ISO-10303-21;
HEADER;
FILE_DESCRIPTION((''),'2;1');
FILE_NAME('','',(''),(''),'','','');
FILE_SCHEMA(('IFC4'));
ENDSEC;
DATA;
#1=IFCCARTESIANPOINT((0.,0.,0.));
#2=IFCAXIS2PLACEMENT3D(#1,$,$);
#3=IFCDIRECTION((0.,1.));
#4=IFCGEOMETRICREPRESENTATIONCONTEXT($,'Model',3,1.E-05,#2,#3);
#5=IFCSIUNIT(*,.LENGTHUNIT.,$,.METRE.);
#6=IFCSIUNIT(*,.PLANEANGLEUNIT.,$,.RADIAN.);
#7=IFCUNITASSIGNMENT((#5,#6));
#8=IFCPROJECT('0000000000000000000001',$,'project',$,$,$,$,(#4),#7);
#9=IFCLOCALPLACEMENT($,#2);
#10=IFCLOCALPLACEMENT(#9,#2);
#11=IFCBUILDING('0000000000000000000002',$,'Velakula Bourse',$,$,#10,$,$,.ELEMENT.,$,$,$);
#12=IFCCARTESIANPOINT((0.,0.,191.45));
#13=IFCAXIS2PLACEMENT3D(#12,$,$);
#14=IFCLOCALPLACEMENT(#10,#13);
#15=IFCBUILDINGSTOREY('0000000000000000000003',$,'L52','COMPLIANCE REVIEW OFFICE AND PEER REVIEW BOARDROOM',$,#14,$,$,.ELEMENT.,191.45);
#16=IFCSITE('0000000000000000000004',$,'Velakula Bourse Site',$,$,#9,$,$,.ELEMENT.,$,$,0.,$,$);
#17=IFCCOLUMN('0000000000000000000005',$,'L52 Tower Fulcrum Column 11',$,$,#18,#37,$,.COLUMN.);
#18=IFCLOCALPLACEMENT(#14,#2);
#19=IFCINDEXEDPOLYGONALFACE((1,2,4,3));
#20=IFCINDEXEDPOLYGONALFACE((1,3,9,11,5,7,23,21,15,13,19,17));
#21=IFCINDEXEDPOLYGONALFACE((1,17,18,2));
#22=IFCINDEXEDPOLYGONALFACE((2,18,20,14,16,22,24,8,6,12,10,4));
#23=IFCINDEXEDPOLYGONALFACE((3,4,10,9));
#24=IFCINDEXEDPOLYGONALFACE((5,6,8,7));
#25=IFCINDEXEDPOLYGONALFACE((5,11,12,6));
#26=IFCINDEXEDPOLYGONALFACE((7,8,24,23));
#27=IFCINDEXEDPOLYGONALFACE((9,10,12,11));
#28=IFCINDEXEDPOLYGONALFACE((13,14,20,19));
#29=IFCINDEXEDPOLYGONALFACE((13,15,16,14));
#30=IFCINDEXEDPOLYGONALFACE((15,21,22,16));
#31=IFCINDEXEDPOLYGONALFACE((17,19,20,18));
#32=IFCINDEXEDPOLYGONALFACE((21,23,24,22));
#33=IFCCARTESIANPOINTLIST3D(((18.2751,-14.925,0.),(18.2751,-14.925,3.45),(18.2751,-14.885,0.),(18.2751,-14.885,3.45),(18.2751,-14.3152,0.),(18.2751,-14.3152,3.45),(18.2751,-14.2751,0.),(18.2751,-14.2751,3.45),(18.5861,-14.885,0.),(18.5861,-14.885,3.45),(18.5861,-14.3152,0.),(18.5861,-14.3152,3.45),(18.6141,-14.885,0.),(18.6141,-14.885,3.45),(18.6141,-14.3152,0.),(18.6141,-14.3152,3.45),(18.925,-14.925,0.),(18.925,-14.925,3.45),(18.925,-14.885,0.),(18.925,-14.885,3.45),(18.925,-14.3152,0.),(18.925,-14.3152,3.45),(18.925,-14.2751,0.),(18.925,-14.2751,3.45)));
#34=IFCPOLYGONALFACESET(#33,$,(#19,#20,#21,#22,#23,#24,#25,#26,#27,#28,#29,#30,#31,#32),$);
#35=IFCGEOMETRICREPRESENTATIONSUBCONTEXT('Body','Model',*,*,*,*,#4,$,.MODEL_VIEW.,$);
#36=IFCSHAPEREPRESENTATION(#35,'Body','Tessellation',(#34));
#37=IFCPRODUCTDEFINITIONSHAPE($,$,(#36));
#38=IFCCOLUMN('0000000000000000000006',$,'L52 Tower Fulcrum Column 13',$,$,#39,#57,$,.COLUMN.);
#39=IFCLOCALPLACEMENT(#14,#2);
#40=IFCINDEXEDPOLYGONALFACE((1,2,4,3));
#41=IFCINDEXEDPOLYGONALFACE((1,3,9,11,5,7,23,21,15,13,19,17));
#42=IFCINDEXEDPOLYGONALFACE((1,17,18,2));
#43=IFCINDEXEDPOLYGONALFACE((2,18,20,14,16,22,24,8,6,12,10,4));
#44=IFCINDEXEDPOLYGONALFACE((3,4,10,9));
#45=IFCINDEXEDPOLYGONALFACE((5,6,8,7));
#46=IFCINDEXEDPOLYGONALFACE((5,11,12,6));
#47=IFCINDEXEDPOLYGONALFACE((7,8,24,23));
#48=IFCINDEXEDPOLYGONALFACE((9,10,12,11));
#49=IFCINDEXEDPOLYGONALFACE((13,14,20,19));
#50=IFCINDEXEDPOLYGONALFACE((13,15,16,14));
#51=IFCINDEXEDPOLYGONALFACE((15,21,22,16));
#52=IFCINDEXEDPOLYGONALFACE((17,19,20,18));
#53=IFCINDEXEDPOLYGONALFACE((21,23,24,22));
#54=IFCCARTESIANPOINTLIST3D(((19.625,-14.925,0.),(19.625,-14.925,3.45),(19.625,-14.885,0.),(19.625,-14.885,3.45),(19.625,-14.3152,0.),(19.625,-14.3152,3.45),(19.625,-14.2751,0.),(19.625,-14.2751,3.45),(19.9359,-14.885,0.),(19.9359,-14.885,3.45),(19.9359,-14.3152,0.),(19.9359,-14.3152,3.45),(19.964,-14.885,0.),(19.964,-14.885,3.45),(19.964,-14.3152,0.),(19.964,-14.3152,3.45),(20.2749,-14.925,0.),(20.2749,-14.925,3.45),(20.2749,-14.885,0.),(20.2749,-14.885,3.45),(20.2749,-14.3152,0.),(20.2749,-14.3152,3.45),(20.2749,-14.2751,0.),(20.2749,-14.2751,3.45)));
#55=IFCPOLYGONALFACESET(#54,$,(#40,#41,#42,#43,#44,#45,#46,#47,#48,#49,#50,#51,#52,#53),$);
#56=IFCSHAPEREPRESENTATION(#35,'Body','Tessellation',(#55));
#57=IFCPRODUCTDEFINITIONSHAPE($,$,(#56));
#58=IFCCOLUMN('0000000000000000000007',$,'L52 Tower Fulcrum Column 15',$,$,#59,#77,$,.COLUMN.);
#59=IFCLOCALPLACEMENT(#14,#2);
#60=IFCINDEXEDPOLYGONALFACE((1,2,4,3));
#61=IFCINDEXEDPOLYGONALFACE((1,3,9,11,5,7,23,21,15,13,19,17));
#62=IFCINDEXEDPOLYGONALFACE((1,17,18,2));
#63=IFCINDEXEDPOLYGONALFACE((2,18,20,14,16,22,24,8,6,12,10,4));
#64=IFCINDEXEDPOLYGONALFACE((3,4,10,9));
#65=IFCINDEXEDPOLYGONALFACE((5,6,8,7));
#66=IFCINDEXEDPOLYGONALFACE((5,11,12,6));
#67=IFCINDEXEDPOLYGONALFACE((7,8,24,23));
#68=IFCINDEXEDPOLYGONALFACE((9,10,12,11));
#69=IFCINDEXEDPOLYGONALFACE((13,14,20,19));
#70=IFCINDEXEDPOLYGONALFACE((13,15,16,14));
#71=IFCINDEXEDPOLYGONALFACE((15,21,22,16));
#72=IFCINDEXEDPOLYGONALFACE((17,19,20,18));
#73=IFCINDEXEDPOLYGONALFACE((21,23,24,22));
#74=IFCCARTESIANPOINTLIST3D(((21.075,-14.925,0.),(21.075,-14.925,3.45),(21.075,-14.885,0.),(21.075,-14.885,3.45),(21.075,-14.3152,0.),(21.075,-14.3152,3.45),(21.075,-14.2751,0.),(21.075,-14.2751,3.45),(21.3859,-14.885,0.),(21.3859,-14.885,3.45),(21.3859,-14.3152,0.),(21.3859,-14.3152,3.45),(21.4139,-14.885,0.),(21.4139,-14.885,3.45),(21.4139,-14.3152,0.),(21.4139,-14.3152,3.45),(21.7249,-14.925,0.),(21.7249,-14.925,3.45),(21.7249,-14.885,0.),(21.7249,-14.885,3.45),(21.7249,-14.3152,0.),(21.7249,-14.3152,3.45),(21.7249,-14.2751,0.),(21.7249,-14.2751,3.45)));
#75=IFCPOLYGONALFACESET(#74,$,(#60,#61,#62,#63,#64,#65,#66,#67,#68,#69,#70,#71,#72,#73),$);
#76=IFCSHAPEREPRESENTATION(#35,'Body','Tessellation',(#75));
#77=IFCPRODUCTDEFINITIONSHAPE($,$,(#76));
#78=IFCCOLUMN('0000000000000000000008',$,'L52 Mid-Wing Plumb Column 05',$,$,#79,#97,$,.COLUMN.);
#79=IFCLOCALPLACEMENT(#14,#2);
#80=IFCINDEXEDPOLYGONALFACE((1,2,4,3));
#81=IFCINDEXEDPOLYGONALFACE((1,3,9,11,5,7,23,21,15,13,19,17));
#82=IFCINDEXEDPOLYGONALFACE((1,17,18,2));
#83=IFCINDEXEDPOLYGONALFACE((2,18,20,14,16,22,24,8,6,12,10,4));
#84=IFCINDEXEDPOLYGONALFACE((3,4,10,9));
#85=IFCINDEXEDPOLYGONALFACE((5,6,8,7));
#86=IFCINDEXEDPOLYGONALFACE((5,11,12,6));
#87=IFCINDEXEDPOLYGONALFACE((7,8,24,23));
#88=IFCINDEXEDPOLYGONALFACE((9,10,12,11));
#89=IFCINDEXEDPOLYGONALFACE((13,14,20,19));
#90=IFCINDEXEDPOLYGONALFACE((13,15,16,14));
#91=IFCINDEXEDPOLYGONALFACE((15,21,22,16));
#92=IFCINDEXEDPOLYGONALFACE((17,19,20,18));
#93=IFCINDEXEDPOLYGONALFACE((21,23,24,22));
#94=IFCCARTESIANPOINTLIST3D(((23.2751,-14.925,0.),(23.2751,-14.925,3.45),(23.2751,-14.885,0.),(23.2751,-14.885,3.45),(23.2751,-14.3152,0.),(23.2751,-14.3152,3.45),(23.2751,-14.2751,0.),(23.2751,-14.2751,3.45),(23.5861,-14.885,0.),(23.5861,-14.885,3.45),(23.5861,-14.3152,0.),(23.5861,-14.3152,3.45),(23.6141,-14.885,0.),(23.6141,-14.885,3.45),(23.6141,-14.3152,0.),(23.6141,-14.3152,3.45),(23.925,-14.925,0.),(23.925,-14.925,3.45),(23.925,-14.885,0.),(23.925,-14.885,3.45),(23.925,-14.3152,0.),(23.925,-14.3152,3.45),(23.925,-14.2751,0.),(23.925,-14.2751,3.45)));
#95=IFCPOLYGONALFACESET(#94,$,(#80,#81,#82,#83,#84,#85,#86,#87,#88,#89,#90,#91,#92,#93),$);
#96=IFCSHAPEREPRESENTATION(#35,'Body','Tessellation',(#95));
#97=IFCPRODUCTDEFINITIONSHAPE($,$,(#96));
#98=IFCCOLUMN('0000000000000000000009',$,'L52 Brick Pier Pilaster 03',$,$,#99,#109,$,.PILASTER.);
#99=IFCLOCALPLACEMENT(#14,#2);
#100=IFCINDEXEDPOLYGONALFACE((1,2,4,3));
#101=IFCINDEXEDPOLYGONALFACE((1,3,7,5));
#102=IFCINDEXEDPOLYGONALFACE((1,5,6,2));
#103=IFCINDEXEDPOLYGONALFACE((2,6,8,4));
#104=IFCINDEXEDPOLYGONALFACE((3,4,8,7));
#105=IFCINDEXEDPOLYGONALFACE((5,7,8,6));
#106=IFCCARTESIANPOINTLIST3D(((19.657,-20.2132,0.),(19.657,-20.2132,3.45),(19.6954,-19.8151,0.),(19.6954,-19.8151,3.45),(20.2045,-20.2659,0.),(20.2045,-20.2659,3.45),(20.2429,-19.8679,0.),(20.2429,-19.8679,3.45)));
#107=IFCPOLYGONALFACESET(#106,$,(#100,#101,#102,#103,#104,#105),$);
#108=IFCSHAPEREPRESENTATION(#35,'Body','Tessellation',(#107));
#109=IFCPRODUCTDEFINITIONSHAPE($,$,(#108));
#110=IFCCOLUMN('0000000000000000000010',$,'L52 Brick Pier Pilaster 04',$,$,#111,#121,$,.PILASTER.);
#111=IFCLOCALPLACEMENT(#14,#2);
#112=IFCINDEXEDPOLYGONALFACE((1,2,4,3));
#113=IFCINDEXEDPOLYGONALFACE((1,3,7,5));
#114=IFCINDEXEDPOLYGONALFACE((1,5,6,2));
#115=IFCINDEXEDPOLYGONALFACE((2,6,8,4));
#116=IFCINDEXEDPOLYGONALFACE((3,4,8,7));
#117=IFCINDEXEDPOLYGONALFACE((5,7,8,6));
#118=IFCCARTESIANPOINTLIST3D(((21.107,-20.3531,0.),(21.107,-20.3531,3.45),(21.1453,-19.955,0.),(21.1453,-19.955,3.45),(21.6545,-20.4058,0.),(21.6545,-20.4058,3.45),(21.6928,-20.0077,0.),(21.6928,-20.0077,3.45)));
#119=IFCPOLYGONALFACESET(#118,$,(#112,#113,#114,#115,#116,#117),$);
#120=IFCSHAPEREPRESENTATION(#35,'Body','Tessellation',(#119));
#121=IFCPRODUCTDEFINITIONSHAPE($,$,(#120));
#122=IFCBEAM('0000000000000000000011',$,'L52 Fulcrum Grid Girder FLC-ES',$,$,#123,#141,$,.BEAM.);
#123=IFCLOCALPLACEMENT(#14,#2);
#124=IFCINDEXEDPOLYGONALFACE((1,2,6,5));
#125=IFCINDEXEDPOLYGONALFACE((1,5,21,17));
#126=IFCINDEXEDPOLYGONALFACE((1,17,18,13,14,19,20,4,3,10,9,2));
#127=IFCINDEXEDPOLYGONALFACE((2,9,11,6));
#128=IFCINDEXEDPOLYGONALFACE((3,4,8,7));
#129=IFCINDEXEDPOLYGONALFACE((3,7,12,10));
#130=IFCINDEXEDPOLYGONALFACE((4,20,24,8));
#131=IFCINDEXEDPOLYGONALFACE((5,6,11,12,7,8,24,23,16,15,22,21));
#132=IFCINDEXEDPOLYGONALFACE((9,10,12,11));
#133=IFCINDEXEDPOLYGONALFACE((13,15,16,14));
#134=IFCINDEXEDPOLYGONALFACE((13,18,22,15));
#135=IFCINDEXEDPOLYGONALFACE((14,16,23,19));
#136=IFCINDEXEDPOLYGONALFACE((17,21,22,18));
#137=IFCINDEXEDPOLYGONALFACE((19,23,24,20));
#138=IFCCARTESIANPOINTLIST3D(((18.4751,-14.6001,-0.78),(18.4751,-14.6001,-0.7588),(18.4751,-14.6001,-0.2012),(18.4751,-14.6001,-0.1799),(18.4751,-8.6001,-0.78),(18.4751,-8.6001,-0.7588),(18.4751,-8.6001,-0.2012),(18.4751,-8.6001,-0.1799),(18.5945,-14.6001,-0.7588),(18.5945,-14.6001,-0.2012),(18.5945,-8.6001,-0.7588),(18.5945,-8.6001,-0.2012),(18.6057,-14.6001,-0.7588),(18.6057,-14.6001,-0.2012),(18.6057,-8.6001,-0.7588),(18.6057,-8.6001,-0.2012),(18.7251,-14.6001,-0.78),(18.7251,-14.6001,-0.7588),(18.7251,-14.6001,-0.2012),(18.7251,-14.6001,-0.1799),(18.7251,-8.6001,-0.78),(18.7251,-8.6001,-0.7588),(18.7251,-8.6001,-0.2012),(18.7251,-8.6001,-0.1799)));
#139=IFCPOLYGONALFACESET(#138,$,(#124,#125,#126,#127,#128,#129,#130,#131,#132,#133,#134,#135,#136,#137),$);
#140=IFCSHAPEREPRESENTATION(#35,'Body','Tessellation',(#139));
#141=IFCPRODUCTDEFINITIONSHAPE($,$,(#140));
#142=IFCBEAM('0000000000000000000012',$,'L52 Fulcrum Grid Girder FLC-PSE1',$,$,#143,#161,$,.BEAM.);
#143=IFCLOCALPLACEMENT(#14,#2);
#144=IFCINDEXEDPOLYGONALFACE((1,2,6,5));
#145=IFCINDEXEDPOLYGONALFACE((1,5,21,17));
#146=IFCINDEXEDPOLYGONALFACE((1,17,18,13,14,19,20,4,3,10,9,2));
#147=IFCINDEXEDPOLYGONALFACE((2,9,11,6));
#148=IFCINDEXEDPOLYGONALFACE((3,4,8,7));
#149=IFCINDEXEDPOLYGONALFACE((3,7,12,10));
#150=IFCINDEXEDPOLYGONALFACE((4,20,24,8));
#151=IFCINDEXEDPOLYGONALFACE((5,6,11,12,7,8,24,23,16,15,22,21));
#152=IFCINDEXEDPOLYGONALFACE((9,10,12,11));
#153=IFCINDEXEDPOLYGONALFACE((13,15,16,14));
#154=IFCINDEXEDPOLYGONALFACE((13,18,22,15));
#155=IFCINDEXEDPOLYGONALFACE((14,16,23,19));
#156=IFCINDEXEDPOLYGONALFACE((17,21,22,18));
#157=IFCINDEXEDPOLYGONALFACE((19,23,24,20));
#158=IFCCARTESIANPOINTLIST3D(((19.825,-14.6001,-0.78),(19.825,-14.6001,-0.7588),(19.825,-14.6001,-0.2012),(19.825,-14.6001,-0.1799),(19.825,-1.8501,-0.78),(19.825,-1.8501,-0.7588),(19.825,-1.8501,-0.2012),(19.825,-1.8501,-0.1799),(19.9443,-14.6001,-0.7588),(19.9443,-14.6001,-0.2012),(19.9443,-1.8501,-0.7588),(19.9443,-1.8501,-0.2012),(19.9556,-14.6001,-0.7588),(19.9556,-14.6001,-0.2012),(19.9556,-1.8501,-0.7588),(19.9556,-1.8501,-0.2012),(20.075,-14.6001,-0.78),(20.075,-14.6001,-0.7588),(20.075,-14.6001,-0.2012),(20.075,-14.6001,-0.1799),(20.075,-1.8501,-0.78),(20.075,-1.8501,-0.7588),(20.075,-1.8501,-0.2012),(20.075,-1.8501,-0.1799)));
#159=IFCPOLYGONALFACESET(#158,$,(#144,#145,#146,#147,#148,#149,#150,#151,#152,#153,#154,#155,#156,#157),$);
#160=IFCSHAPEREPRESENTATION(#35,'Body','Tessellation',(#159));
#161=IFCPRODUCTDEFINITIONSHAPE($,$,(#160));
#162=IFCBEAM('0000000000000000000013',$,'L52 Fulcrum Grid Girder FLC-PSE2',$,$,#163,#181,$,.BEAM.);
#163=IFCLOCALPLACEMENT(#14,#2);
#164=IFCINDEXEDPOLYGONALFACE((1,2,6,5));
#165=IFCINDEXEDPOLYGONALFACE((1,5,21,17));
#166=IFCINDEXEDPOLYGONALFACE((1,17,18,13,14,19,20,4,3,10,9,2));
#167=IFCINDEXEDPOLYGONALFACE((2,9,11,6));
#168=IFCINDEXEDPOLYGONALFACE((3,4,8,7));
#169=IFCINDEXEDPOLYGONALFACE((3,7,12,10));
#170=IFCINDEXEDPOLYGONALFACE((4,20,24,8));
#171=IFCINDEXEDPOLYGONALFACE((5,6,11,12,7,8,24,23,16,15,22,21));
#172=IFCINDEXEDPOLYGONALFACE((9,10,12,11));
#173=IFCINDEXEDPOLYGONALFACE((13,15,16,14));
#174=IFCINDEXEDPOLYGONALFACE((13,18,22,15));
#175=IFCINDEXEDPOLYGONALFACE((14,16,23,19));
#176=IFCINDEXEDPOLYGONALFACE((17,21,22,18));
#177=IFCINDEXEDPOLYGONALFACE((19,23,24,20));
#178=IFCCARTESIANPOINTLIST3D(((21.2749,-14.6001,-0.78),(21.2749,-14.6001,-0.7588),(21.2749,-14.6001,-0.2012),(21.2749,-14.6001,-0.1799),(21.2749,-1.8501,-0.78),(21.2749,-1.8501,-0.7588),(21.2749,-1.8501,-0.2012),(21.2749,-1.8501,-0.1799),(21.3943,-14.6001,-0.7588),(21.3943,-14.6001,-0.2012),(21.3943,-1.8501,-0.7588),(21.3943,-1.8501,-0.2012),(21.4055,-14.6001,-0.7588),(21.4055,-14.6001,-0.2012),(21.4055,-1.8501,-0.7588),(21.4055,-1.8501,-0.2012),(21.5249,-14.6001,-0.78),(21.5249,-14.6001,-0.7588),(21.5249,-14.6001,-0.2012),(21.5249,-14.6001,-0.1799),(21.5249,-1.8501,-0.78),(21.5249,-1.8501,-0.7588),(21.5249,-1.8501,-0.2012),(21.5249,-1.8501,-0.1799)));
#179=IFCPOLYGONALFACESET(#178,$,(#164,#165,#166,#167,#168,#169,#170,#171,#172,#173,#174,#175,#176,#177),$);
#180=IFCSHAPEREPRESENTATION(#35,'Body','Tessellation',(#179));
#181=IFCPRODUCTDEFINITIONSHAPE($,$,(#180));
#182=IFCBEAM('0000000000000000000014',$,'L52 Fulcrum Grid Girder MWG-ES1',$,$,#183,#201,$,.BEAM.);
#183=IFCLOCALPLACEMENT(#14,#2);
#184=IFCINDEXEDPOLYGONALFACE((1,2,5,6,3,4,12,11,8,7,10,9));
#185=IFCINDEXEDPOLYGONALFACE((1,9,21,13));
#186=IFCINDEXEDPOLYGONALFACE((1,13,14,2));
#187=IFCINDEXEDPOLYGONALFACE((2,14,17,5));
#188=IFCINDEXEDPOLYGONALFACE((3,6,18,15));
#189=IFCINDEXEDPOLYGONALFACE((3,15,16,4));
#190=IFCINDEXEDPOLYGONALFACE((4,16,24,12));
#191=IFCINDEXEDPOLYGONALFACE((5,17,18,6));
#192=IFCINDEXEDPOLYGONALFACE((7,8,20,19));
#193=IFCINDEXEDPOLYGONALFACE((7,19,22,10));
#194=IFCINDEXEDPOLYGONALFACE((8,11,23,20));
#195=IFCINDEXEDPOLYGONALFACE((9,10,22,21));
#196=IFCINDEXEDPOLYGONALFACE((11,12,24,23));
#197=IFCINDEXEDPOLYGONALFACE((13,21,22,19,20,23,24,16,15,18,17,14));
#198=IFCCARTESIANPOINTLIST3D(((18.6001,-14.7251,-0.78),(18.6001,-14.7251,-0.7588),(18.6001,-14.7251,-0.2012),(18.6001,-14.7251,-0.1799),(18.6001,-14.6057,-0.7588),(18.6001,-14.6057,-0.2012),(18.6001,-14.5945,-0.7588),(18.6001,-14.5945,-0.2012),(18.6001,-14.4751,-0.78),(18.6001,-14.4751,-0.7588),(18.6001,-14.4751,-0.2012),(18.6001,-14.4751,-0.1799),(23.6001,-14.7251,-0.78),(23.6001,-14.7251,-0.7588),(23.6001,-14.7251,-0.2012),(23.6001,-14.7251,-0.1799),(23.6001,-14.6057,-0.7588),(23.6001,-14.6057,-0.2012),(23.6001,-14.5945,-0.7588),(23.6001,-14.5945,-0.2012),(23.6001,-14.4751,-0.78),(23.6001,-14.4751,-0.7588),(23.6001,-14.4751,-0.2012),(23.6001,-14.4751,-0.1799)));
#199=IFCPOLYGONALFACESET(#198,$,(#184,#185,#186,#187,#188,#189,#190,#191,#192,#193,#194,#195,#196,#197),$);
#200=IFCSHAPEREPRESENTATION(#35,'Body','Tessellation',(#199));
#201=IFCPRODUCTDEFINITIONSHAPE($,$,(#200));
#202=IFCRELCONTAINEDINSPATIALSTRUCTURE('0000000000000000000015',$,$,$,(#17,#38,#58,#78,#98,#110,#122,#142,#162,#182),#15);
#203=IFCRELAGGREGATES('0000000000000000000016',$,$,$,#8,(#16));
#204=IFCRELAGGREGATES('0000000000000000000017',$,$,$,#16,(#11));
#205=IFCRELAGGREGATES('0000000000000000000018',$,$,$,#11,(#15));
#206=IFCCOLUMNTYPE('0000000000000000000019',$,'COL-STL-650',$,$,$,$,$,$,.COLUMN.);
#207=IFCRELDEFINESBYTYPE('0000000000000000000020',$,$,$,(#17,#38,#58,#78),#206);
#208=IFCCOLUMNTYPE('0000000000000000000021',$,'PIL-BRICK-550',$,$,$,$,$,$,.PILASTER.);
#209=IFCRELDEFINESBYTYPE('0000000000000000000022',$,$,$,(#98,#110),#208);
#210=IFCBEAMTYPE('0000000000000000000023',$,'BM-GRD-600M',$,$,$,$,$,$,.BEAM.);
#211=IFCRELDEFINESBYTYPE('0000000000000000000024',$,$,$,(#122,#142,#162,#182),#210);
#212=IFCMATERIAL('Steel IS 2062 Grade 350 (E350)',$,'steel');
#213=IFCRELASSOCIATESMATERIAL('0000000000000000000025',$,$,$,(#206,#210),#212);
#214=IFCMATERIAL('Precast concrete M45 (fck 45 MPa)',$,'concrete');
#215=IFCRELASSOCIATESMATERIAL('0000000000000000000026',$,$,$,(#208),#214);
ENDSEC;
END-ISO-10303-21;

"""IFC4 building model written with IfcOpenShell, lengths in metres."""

from ifc_helpers import new_model, si_unit, direction, frame, origin, origin_2d, place, context, subcontext, project, spatial, rectangle, i_section, extrude, material, material_profile, profile_set, type_object, element, save


model = new_model("IFC4")

# Units and contexts
model_context = context("Model", 3, precision=1e-05, world=origin(), true_north=direction((0.0, 1.0)))
body_context = subcontext(model_context, "Body", "Model", "MODEL_VIEW")
ifc_project = project(units=[si_unit("LENGTHUNIT", "METRE"), si_unit("PLANEANGLEUNIT", "RADIAN")], contexts=[model_context])

# Site, building, storey
site_placement = place(None, origin())
site = spatial("IfcSite", under=ifc_project, at=site_placement, Name="Velakula Bourse Site", CompositionType="ELEMENT", RefElevation=0.0)
building_placement = place(site_placement, origin())
building = spatial("IfcBuilding", under=site, at=building_placement, Name="Velakula Bourse", CompositionType="ELEMENT")
storey_placement = place(building_placement, frame((0.0, 0.0, 191.45)))
storey = spatial("IfcBuildingStorey", under=building, at=storey_placement, Name="L52", Description="COMPLIANCE REVIEW OFFICE AND PEER REVIEW BOARDROOM", CompositionType="ELEMENT", Elevation=191.45)

# Columns
ifc_material_1 = material(Name="Steel IS 2062 Grade 350 (E350)", Category="steel")
ifc_material_profile_1 = material_profile(ifc_material_1, i_section(OverallWidth=0.6499, OverallDepth=0.6499, WebThickness=0.0281, FlangeThickness=0.04, at=origin_2d()), Name="Steel IS 2062 Grade 350 (E350)")
ifc_profile_set_1 = profile_set([ifc_material_profile_1], Name="Steel IS 2062 Grade 350 (E350)")
column_type_1 = type_object("IfcColumnType", Name="COL-STL-650", PredefinedType="COLUMN", material=ifc_profile_set_1)
for number, where, z_axis, x_axis, name in (
    (1, (18.6001, -14.6001, 0.0), (0.0, 0.0, 1.0), (1.0, 0.0, 0.0), "L52 Tower Fulcrum Column 11"),
    (2, (19.95, -14.6001, 0.0), (0.0, 0.0, 1.0), (1.0, 0.0, 0.0), "L52 Tower Fulcrum Column 13"),
    (3, (21.3999, -14.6001, 0.0), (0.0, 0.0, 1.0), (1.0, 0.0, 0.0), "L52 Tower Fulcrum Column 15"),
    (4, (23.6001, -14.6001, 0.0), (0.0, 0.0, 1.0), (1.0, 0.0, 0.0), "L52 Mid-Wing Plumb Column 05"),
):
    element("IfcColumn", number, at=place(storey_placement, frame(where, z_axis=z_axis, x_axis=x_axis)), inside=storey, type_object=column_type_1, Name=name, PredefinedType="COLUMN", context=body_context, shape_type="SweptSolid", body=[
        extrude(i_section(OverallWidth=0.6499, OverallDepth=0.6499, WebThickness=0.0281, FlangeThickness=0.04, at=origin_2d()), origin(), (0.0, 0.0, 1.0), 3.45),
    ])
ifc_material_2 = material(Name="Precast concrete M45 (fck 45 MPa)", Category="concrete")
ifc_material_profile_2 = material_profile(ifc_material_2, rectangle(XDim=0.55, YDim=0.3999, at=origin_2d()), Name="Precast concrete M45 (fck 45 MPa)")
ifc_profile_set_2 = profile_set([ifc_material_profile_2], Name="Precast concrete M45 (fck 45 MPa)")
column_type_2 = type_object("IfcColumnType", Name="PIL-BRICK-550", PredefinedType="PILASTER", material=ifc_profile_set_2)
for number, where, z_axis, x_axis, name in (
    (5, (19.95, -20.0405, 0.0), (0.0, 0.0, 1.0), (0.995396, -0.095846, 0.0), "L52 Brick Pier Pilaster 03"),
    (6, (21.3999, -20.1804, 0.0), (0.0, 0.0, 1.0), (0.995396, -0.095846, 0.0), "L52 Brick Pier Pilaster 04"),
):
    element("IfcColumn", number, at=place(storey_placement, frame(where, z_axis=z_axis, x_axis=x_axis)), inside=storey, type_object=column_type_2, Name=name, PredefinedType="PILASTER", context=body_context, shape_type="SweptSolid", body=[
        extrude(rectangle(XDim=0.55, YDim=0.3999, at=origin_2d()), origin(), (0.0, 0.0, 1.0), 3.45),
    ])

# Beams
ifc_material_profile_3 = material_profile(ifc_material_1, i_section(OverallWidth=0.25, OverallDepth=0.6001, WebThickness=0.0112, FlangeThickness=0.0212, at=origin_2d()), Name="Steel IS 2062 Grade 350 (E350)")
ifc_profile_set_3 = profile_set([ifc_material_profile_3], Name="Steel IS 2062 Grade 350 (E350)")
beam_type_1 = type_object("IfcBeamType", Name="BM-GRD-600M", PredefinedType="BEAM", material=ifc_profile_set_3)
beam_1_placement = place(storey_placement, frame((18.6001, -14.6001, -0.48), z_axis=(0.0, 1.0, 0.0), x_axis=(-1.0, 0.0, 0.0)))
element("IfcBeam", 7, at=beam_1_placement, inside=storey, type_object=beam_type_1, Name="L52 Fulcrum Grid Girder FLC-ES", PredefinedType="BEAM", context=body_context, shape_type="SweptSolid", body=[
    extrude(i_section(OverallWidth=0.25, OverallDepth=0.6001, WebThickness=0.0112, FlangeThickness=0.0212, at=origin_2d()), origin(), (0.0, 0.0, 1.0), 6.0),
])
for number, where, z_axis, x_axis, name in (
    (8, (19.95, -14.6001, -0.48), (0.0, 1.0, 0.0), (-1.0, 0.0, 0.0), "L52 Fulcrum Grid Girder FLC-PSE1"),
    (9, (21.3999, -14.6001, -0.48), (0.0, 1.0, 0.0), (-1.0, 0.0, 0.0), "L52 Fulcrum Grid Girder FLC-PSE2"),
):
    element("IfcBeam", number, at=place(storey_placement, frame(where, z_axis=z_axis, x_axis=x_axis)), inside=storey, type_object=beam_type_1, Name=name, PredefinedType="BEAM", context=body_context, shape_type="SweptSolid", body=[
        extrude(i_section(OverallWidth=0.25, OverallDepth=0.6001, WebThickness=0.0112, FlangeThickness=0.0212, at=origin_2d()), origin(), (0.0, 0.0, 1.0), 12.75),
    ])
beam_2_placement = place(storey_placement, frame((18.6001, -14.6001, -0.48), z_axis=(1.0, 0.0, 0.0), x_axis=(0.0, 1.0, 0.0)))
element("IfcBeam", 10, at=beam_2_placement, inside=storey, type_object=beam_type_1, Name="L52 Fulcrum Grid Girder MWG-ES1", PredefinedType="BEAM", context=body_context, shape_type="SweptSolid", body=[
    extrude(i_section(OverallWidth=0.25, OverallDepth=0.6001, WebThickness=0.0112, FlangeThickness=0.0212, at=origin_2d()), origin(), (0.0, 0.0, 1.0), 5.0),
])

save(model, "model.ifc")
